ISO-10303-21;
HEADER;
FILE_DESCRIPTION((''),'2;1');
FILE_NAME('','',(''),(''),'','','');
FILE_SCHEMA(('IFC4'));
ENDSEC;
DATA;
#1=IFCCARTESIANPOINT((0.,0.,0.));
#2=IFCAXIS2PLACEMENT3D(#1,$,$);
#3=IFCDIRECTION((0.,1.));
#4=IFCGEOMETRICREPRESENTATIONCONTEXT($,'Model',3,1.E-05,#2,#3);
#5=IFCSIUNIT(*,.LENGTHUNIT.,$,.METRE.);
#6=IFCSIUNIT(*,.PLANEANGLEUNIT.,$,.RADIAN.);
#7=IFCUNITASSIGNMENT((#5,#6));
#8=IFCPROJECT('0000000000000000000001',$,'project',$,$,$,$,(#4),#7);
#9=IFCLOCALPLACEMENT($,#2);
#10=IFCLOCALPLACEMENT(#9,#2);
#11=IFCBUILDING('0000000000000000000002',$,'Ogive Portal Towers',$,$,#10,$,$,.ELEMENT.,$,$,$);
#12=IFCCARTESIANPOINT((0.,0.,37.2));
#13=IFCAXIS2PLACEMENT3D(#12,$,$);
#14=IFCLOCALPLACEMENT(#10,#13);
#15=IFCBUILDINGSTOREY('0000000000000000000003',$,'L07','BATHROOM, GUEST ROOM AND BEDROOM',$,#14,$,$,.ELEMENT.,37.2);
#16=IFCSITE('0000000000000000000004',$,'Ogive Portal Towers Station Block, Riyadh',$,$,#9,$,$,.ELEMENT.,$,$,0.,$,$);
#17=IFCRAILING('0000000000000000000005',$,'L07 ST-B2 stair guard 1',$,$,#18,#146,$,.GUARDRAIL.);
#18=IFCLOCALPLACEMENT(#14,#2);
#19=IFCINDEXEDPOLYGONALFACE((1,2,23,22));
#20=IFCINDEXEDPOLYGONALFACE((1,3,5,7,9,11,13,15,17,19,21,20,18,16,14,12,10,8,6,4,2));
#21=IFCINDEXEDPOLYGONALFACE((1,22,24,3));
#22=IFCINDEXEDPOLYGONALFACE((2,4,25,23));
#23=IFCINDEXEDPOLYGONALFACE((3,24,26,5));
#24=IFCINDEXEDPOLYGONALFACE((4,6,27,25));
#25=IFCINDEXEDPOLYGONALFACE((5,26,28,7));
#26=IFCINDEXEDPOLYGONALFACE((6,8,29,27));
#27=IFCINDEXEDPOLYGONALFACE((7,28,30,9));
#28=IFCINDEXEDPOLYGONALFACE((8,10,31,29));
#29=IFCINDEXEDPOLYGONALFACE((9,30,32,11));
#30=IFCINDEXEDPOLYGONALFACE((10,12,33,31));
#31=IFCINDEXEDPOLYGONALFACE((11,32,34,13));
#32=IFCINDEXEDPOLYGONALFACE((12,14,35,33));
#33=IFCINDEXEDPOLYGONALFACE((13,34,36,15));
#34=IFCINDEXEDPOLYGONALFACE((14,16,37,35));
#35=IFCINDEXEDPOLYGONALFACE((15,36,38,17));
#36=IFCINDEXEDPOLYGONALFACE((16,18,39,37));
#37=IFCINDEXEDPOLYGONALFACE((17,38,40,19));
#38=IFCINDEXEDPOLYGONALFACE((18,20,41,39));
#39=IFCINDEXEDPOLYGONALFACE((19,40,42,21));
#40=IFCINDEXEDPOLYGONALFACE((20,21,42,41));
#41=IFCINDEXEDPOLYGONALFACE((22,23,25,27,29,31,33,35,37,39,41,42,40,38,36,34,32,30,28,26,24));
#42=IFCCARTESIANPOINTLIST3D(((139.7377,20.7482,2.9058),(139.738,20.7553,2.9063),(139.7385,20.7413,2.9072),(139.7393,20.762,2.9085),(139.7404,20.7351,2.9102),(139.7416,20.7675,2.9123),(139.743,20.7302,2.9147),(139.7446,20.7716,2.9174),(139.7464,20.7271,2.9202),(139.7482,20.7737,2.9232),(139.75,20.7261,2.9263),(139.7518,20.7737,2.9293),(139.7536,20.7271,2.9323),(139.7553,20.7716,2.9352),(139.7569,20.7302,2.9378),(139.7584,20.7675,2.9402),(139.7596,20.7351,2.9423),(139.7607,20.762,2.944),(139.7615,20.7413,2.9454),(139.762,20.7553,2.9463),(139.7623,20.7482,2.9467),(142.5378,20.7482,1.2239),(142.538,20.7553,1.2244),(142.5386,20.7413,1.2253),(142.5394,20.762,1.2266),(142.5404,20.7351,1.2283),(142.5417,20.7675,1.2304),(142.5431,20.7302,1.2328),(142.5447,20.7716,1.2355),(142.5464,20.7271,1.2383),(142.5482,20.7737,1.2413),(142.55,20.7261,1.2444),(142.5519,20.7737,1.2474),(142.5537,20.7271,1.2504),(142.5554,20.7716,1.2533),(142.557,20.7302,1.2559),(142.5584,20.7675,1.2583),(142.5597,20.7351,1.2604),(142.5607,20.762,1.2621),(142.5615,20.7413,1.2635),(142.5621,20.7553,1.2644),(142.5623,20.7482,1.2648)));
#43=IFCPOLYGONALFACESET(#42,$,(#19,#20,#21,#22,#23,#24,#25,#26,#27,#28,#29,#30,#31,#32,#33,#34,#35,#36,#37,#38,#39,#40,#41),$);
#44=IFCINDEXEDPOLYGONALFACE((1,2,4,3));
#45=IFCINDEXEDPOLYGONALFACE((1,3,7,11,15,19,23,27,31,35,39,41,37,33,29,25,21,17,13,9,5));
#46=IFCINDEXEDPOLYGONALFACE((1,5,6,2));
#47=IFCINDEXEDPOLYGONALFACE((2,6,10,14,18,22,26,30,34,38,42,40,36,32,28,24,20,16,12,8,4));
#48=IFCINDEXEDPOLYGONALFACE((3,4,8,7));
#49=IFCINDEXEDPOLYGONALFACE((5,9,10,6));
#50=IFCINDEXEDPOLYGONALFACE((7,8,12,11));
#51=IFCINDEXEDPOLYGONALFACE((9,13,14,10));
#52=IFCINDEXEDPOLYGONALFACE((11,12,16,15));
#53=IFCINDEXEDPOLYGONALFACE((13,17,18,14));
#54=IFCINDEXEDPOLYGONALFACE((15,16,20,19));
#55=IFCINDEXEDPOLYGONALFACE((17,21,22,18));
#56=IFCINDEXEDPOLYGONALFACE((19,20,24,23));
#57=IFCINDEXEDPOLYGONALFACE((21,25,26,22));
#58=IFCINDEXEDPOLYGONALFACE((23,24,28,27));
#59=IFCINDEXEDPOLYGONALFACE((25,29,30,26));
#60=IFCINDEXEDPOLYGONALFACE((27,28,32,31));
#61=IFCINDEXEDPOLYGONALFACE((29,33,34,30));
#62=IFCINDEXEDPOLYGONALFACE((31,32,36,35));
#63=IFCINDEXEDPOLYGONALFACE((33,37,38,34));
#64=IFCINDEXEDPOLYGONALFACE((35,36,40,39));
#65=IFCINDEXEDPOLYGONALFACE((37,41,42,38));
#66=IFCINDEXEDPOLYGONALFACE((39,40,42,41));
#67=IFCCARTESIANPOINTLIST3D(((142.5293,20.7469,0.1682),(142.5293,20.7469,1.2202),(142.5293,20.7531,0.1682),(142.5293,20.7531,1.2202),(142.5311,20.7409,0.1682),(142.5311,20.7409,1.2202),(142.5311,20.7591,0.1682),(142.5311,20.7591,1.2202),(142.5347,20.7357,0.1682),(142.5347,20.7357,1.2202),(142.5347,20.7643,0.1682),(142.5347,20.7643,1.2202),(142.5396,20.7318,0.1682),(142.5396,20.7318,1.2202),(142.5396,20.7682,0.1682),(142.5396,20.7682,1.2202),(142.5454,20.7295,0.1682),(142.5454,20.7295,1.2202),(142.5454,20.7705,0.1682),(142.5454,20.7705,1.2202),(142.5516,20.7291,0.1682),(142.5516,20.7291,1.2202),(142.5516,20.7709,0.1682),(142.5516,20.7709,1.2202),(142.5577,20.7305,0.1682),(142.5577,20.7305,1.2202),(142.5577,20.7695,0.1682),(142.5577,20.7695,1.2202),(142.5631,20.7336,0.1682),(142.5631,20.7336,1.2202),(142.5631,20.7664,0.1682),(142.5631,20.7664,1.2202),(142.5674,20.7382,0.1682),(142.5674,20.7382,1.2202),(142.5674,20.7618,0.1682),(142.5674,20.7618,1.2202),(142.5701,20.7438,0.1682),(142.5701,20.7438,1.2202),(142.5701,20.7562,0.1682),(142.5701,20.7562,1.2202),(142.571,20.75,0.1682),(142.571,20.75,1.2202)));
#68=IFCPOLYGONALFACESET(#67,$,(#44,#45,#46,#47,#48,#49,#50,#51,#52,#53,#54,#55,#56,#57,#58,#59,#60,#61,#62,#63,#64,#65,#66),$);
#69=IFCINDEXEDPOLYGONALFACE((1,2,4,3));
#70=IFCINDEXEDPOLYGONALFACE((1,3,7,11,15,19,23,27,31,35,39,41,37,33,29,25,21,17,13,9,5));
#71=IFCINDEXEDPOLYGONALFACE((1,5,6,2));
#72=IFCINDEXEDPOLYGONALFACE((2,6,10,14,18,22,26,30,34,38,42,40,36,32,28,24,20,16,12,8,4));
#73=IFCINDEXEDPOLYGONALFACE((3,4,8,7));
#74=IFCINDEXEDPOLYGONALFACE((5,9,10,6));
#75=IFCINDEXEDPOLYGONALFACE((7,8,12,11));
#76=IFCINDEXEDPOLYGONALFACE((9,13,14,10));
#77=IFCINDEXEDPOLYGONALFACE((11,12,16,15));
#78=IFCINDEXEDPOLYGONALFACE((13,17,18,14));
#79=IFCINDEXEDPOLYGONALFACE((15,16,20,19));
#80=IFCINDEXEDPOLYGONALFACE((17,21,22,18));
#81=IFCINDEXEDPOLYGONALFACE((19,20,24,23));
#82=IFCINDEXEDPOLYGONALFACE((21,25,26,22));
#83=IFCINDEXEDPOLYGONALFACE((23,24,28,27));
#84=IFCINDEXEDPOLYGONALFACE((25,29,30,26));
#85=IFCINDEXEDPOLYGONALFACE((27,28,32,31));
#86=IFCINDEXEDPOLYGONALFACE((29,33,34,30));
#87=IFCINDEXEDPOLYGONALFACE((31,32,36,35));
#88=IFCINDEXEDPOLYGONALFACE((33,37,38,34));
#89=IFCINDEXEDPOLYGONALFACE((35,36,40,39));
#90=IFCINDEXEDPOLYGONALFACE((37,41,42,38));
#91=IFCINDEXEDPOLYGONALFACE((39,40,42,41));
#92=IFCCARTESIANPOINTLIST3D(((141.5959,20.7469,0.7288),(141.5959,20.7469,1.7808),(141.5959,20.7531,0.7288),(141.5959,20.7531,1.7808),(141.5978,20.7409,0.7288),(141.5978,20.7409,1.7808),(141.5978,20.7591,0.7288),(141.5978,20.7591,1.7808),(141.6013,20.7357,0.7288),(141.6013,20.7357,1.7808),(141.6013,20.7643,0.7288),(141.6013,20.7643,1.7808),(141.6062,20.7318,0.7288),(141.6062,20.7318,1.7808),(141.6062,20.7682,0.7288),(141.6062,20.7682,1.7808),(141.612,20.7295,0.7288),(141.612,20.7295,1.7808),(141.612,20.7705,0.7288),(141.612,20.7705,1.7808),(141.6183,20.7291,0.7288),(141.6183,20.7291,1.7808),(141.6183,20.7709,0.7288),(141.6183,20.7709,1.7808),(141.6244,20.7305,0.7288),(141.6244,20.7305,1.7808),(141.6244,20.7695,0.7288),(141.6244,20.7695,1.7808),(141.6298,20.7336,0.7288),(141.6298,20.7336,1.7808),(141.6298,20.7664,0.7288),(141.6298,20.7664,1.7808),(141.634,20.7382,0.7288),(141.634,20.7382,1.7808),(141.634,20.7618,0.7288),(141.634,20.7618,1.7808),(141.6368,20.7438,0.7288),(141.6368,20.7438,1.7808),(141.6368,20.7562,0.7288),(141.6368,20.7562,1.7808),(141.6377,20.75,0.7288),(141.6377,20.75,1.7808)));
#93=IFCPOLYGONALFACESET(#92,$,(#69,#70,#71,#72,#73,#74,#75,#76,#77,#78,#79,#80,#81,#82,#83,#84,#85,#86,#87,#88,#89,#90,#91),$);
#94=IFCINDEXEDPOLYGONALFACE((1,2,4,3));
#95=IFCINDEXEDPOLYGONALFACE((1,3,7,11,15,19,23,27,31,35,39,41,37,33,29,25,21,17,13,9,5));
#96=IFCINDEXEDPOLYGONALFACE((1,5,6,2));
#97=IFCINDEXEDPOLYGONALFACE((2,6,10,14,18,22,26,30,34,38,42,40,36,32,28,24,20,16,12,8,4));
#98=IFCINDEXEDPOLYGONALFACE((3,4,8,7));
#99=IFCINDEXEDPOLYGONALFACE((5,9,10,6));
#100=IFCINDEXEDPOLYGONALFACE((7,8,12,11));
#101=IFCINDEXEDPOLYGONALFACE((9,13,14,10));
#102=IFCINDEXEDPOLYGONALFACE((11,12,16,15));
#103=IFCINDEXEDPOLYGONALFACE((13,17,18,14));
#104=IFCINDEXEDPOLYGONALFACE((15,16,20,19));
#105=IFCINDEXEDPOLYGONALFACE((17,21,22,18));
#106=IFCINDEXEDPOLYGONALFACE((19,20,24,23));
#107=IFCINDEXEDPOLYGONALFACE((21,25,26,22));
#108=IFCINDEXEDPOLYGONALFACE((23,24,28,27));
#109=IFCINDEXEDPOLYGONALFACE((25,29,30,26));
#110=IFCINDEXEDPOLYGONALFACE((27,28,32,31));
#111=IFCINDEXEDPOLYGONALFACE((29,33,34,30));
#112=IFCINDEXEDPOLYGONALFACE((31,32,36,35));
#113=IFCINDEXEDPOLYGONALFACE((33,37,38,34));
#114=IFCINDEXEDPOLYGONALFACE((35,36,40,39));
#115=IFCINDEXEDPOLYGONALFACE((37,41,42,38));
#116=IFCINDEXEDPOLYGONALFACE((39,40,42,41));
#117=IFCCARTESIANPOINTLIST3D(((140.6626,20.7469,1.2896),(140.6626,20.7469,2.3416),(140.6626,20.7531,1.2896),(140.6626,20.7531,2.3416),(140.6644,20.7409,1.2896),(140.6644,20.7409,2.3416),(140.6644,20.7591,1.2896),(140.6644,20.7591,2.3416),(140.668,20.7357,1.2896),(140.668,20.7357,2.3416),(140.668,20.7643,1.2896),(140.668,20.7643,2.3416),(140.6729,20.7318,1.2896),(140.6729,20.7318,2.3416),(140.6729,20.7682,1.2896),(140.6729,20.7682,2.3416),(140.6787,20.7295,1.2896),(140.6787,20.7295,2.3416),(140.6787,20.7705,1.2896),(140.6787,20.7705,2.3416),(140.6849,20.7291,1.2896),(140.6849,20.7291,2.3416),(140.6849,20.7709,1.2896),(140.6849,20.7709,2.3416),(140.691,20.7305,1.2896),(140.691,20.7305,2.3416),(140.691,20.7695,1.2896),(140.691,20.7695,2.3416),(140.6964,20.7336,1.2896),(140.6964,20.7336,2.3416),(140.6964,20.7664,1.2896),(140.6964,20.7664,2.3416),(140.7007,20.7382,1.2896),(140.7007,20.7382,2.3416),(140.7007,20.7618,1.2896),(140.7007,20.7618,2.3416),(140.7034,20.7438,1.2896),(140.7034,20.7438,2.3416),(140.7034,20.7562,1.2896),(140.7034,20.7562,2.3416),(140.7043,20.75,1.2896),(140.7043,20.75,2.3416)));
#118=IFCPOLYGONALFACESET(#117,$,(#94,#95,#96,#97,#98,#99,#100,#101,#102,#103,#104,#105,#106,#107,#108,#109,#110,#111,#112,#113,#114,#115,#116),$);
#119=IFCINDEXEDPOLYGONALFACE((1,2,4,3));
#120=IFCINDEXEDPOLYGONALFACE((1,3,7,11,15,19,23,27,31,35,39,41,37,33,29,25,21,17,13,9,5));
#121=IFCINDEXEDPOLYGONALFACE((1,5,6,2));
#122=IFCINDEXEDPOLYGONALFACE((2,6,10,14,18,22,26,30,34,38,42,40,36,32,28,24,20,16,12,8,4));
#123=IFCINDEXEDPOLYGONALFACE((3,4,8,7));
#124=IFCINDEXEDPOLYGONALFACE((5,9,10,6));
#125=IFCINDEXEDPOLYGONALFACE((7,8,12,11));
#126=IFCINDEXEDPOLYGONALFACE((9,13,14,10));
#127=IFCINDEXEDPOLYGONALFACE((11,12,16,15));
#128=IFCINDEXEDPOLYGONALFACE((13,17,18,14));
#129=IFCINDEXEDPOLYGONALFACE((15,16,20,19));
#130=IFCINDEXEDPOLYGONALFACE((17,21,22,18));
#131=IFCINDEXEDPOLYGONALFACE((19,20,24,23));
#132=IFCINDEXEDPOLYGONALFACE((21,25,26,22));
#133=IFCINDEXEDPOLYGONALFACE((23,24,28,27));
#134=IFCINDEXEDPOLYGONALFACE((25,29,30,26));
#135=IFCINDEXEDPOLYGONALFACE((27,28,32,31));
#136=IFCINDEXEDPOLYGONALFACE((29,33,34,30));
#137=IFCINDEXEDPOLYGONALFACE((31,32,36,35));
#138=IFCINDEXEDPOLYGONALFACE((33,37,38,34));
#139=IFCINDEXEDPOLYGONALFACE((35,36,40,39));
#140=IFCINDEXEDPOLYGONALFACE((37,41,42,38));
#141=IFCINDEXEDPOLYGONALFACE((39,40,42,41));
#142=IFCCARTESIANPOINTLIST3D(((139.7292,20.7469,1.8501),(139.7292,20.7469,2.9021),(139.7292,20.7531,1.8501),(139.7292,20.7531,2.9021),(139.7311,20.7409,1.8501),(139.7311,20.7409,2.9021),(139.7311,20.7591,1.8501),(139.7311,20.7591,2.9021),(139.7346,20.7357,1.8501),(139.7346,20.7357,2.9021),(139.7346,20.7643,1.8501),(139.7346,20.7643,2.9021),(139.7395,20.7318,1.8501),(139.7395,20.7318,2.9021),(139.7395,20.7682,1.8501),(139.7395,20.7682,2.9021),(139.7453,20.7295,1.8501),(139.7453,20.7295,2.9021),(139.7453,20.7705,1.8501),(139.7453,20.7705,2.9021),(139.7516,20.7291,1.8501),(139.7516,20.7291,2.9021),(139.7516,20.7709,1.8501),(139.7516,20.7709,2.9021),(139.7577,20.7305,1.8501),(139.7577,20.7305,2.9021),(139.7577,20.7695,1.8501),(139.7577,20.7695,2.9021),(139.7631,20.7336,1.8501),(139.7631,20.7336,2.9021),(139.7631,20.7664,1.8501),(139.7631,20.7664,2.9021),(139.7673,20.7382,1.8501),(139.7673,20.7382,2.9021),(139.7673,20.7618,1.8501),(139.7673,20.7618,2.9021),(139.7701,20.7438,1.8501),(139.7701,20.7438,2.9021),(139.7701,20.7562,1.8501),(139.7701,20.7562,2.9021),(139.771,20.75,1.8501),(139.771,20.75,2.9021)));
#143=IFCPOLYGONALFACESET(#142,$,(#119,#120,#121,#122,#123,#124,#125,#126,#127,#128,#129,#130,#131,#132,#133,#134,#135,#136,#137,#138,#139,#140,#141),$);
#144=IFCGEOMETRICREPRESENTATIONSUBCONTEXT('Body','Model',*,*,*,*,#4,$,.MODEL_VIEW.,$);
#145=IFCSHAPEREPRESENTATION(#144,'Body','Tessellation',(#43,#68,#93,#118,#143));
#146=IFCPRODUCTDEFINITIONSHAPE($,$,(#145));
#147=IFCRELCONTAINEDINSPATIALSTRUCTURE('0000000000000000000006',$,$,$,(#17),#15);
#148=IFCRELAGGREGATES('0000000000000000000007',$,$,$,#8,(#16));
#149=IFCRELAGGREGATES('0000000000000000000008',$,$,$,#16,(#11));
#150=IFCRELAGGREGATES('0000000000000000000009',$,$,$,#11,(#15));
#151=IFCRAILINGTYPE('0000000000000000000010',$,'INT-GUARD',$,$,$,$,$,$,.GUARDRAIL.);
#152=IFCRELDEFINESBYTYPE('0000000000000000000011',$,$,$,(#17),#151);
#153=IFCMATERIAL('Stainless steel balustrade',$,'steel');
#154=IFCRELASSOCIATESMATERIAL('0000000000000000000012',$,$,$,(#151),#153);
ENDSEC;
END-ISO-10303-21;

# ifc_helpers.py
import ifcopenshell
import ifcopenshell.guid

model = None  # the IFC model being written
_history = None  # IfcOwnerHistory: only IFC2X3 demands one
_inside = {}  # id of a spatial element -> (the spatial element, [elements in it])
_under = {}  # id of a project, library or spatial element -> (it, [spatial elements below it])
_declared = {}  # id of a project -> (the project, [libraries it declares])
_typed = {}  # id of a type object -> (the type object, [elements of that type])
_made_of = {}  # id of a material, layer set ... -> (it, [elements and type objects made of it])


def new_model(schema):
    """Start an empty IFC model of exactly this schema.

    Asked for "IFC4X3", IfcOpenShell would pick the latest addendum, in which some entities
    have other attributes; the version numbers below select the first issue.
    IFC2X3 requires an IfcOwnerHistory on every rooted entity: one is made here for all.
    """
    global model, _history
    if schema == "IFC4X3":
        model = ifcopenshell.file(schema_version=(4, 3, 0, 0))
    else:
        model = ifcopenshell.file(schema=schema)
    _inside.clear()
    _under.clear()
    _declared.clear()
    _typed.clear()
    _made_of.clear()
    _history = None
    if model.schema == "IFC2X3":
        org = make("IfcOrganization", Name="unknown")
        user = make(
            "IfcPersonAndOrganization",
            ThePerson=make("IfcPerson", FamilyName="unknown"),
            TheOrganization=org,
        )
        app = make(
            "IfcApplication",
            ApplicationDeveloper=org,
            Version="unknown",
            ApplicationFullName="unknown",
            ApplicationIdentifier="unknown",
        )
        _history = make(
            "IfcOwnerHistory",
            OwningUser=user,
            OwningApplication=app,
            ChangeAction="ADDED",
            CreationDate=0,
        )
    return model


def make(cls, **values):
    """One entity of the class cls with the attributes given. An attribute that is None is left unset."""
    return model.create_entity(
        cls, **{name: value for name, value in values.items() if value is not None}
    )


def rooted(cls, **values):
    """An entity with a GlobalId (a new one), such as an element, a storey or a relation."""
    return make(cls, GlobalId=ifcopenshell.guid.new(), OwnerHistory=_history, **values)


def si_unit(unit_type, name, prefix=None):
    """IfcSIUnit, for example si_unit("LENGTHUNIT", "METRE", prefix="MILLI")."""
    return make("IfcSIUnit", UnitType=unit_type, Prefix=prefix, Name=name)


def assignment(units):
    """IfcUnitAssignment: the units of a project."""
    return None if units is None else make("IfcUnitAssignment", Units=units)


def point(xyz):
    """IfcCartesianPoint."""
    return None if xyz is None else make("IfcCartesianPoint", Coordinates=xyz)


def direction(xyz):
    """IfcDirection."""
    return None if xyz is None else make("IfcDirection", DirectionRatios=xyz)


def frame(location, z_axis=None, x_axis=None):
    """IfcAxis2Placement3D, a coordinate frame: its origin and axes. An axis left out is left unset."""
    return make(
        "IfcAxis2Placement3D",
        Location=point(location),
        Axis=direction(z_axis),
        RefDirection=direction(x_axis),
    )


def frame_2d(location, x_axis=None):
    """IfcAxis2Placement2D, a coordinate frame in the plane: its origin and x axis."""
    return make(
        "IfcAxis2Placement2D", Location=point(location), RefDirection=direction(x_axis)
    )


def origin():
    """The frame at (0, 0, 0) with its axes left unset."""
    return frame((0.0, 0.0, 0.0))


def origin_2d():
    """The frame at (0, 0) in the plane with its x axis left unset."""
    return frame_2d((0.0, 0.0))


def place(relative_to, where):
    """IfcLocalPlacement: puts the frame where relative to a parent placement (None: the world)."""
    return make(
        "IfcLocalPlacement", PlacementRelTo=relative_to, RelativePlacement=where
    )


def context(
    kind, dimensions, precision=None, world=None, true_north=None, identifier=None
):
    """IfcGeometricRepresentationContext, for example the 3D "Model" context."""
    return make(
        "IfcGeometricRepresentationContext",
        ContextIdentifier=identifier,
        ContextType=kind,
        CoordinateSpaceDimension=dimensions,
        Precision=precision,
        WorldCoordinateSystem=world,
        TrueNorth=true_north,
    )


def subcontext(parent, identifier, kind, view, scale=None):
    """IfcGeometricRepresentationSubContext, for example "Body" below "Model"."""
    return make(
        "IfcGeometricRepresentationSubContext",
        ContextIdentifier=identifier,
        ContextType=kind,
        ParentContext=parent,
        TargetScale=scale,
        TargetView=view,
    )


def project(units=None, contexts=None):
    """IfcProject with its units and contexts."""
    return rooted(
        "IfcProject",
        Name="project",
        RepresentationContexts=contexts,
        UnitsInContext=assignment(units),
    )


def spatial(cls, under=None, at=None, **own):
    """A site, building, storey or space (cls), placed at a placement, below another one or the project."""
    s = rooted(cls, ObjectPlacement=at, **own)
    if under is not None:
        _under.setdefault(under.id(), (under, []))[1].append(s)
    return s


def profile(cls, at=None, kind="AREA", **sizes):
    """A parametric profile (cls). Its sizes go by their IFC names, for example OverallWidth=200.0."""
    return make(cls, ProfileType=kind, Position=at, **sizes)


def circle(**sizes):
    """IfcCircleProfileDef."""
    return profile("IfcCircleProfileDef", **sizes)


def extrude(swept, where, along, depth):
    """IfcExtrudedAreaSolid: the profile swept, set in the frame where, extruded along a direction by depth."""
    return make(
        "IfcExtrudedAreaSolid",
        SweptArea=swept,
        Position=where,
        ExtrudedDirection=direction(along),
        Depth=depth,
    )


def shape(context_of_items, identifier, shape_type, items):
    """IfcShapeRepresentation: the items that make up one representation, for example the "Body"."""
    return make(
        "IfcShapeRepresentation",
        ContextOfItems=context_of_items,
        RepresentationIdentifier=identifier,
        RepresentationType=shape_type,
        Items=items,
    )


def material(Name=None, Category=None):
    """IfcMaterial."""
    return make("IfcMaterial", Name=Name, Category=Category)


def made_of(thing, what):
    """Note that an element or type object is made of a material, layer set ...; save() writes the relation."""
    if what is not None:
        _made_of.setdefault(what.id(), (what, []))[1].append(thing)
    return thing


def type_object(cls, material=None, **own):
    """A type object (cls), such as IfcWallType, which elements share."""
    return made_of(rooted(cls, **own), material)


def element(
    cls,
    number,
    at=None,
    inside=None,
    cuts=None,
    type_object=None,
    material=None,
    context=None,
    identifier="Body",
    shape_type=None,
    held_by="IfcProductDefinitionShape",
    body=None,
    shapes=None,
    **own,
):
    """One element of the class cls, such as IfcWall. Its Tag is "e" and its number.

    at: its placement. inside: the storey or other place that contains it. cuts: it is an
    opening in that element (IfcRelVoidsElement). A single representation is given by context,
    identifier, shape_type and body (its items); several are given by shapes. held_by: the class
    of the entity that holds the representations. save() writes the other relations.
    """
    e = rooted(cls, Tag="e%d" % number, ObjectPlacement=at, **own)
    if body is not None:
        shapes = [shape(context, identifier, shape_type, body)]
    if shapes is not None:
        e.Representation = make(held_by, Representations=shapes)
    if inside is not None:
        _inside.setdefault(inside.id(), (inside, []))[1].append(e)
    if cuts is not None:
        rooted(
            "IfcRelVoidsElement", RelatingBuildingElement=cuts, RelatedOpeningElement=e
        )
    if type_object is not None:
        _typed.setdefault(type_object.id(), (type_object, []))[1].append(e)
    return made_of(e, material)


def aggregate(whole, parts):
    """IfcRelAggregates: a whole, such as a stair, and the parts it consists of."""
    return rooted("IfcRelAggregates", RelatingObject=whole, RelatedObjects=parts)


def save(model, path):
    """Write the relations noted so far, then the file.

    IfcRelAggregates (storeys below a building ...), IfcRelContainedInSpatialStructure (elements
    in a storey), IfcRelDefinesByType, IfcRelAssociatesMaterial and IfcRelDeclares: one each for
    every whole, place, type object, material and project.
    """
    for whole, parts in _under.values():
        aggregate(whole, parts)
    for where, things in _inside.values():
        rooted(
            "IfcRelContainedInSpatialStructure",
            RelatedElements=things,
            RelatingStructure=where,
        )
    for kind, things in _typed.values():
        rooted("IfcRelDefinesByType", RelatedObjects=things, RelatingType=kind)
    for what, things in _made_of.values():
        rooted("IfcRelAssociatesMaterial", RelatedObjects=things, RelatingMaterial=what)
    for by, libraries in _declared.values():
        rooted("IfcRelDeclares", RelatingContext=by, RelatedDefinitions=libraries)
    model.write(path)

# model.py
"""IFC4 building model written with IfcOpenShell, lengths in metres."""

from ifc_helpers import new_model, si_unit, direction, frame, origin, origin_2d, place, context, subcontext, project, spatial, circle, extrude, material, type_object, element, save


model = new_model("IFC4")

# Units and contexts
model_context = context("Model", 3, precision=1e-05, world=origin(), true_north=direction((0.0, 1.0)))
body_context = subcontext(model_context, "Body", "Model", "MODEL_VIEW")
ifc_project = project(units=[si_unit("LENGTHUNIT", "METRE"), si_unit("PLANEANGLEUNIT", "RADIAN")], contexts=[model_context])

# Site, building, storey
site_placement = place(None, origin())
site = spatial("IfcSite", under=ifc_project, at=site_placement, Name="Ogive Portal Towers Station Block, Riyadh", CompositionType="ELEMENT", RefElevation=0.0)
building_placement = place(site_placement, origin())
building = spatial("IfcBuilding", under=site, at=building_placement, Name="Ogive Portal Towers", CompositionType="ELEMENT")
storey_placement = place(building_placement, frame((0.0, 0.0, 37.2)))
storey = spatial("IfcBuildingStorey", under=building, at=storey_placement, Name="L07", Description="BATHROOM, GUEST ROOM AND BEDROOM", CompositionType="ELEMENT", Elevation=37.2)

# Railing
ifc_material_1 = material(Name="Stainless steel balustrade", Category="steel")
railing_type_1 = type_object("IfcRailingType", Name="INT-GUARD", PredefinedType="GUARDRAIL", material=ifc_material_1)
railing_1_placement = place(storey_placement, frame((142.55, 20.75, 0.1682)))
element("IfcRailing", 1, at=railing_1_placement, inside=storey, type_object=railing_type_1, Name="L07 ST-B2 stair guard 1", PredefinedType="GUARDRAIL", context=body_context, shape_type="SweptSolid", body=[
    extrude(circle(Radius=0.0239, at=origin_2d()), frame((0.0, 0.0, 1.0762), z_axis=(-0.857242, 0.0, 0.514913), x_axis=(0.0, -1.0, 0.0)), (0.0, 0.0, 1.0), 3.2664),
    extrude(circle(Radius=0.021, at=origin_2d()), origin(), (0.0, 0.0, 1.0), 1.052),
    extrude(circle(Radius=0.021, at=origin_2d()), frame((-0.9333, 0.0, 0.5605)), (0.0, 0.0, 1.0), 1.052),
    extrude(circle(Radius=0.021, at=origin_2d()), frame((-1.8667, 0.0, 1.1213)), (0.0, 0.0, 1.0), 1.052),
    extrude(circle(Radius=0.021, at=origin_2d()), frame((-2.8, 0.0, 1.6819)), (0.0, 0.0, 1.0), 1.052),
])

save(model, "model.ifc")
